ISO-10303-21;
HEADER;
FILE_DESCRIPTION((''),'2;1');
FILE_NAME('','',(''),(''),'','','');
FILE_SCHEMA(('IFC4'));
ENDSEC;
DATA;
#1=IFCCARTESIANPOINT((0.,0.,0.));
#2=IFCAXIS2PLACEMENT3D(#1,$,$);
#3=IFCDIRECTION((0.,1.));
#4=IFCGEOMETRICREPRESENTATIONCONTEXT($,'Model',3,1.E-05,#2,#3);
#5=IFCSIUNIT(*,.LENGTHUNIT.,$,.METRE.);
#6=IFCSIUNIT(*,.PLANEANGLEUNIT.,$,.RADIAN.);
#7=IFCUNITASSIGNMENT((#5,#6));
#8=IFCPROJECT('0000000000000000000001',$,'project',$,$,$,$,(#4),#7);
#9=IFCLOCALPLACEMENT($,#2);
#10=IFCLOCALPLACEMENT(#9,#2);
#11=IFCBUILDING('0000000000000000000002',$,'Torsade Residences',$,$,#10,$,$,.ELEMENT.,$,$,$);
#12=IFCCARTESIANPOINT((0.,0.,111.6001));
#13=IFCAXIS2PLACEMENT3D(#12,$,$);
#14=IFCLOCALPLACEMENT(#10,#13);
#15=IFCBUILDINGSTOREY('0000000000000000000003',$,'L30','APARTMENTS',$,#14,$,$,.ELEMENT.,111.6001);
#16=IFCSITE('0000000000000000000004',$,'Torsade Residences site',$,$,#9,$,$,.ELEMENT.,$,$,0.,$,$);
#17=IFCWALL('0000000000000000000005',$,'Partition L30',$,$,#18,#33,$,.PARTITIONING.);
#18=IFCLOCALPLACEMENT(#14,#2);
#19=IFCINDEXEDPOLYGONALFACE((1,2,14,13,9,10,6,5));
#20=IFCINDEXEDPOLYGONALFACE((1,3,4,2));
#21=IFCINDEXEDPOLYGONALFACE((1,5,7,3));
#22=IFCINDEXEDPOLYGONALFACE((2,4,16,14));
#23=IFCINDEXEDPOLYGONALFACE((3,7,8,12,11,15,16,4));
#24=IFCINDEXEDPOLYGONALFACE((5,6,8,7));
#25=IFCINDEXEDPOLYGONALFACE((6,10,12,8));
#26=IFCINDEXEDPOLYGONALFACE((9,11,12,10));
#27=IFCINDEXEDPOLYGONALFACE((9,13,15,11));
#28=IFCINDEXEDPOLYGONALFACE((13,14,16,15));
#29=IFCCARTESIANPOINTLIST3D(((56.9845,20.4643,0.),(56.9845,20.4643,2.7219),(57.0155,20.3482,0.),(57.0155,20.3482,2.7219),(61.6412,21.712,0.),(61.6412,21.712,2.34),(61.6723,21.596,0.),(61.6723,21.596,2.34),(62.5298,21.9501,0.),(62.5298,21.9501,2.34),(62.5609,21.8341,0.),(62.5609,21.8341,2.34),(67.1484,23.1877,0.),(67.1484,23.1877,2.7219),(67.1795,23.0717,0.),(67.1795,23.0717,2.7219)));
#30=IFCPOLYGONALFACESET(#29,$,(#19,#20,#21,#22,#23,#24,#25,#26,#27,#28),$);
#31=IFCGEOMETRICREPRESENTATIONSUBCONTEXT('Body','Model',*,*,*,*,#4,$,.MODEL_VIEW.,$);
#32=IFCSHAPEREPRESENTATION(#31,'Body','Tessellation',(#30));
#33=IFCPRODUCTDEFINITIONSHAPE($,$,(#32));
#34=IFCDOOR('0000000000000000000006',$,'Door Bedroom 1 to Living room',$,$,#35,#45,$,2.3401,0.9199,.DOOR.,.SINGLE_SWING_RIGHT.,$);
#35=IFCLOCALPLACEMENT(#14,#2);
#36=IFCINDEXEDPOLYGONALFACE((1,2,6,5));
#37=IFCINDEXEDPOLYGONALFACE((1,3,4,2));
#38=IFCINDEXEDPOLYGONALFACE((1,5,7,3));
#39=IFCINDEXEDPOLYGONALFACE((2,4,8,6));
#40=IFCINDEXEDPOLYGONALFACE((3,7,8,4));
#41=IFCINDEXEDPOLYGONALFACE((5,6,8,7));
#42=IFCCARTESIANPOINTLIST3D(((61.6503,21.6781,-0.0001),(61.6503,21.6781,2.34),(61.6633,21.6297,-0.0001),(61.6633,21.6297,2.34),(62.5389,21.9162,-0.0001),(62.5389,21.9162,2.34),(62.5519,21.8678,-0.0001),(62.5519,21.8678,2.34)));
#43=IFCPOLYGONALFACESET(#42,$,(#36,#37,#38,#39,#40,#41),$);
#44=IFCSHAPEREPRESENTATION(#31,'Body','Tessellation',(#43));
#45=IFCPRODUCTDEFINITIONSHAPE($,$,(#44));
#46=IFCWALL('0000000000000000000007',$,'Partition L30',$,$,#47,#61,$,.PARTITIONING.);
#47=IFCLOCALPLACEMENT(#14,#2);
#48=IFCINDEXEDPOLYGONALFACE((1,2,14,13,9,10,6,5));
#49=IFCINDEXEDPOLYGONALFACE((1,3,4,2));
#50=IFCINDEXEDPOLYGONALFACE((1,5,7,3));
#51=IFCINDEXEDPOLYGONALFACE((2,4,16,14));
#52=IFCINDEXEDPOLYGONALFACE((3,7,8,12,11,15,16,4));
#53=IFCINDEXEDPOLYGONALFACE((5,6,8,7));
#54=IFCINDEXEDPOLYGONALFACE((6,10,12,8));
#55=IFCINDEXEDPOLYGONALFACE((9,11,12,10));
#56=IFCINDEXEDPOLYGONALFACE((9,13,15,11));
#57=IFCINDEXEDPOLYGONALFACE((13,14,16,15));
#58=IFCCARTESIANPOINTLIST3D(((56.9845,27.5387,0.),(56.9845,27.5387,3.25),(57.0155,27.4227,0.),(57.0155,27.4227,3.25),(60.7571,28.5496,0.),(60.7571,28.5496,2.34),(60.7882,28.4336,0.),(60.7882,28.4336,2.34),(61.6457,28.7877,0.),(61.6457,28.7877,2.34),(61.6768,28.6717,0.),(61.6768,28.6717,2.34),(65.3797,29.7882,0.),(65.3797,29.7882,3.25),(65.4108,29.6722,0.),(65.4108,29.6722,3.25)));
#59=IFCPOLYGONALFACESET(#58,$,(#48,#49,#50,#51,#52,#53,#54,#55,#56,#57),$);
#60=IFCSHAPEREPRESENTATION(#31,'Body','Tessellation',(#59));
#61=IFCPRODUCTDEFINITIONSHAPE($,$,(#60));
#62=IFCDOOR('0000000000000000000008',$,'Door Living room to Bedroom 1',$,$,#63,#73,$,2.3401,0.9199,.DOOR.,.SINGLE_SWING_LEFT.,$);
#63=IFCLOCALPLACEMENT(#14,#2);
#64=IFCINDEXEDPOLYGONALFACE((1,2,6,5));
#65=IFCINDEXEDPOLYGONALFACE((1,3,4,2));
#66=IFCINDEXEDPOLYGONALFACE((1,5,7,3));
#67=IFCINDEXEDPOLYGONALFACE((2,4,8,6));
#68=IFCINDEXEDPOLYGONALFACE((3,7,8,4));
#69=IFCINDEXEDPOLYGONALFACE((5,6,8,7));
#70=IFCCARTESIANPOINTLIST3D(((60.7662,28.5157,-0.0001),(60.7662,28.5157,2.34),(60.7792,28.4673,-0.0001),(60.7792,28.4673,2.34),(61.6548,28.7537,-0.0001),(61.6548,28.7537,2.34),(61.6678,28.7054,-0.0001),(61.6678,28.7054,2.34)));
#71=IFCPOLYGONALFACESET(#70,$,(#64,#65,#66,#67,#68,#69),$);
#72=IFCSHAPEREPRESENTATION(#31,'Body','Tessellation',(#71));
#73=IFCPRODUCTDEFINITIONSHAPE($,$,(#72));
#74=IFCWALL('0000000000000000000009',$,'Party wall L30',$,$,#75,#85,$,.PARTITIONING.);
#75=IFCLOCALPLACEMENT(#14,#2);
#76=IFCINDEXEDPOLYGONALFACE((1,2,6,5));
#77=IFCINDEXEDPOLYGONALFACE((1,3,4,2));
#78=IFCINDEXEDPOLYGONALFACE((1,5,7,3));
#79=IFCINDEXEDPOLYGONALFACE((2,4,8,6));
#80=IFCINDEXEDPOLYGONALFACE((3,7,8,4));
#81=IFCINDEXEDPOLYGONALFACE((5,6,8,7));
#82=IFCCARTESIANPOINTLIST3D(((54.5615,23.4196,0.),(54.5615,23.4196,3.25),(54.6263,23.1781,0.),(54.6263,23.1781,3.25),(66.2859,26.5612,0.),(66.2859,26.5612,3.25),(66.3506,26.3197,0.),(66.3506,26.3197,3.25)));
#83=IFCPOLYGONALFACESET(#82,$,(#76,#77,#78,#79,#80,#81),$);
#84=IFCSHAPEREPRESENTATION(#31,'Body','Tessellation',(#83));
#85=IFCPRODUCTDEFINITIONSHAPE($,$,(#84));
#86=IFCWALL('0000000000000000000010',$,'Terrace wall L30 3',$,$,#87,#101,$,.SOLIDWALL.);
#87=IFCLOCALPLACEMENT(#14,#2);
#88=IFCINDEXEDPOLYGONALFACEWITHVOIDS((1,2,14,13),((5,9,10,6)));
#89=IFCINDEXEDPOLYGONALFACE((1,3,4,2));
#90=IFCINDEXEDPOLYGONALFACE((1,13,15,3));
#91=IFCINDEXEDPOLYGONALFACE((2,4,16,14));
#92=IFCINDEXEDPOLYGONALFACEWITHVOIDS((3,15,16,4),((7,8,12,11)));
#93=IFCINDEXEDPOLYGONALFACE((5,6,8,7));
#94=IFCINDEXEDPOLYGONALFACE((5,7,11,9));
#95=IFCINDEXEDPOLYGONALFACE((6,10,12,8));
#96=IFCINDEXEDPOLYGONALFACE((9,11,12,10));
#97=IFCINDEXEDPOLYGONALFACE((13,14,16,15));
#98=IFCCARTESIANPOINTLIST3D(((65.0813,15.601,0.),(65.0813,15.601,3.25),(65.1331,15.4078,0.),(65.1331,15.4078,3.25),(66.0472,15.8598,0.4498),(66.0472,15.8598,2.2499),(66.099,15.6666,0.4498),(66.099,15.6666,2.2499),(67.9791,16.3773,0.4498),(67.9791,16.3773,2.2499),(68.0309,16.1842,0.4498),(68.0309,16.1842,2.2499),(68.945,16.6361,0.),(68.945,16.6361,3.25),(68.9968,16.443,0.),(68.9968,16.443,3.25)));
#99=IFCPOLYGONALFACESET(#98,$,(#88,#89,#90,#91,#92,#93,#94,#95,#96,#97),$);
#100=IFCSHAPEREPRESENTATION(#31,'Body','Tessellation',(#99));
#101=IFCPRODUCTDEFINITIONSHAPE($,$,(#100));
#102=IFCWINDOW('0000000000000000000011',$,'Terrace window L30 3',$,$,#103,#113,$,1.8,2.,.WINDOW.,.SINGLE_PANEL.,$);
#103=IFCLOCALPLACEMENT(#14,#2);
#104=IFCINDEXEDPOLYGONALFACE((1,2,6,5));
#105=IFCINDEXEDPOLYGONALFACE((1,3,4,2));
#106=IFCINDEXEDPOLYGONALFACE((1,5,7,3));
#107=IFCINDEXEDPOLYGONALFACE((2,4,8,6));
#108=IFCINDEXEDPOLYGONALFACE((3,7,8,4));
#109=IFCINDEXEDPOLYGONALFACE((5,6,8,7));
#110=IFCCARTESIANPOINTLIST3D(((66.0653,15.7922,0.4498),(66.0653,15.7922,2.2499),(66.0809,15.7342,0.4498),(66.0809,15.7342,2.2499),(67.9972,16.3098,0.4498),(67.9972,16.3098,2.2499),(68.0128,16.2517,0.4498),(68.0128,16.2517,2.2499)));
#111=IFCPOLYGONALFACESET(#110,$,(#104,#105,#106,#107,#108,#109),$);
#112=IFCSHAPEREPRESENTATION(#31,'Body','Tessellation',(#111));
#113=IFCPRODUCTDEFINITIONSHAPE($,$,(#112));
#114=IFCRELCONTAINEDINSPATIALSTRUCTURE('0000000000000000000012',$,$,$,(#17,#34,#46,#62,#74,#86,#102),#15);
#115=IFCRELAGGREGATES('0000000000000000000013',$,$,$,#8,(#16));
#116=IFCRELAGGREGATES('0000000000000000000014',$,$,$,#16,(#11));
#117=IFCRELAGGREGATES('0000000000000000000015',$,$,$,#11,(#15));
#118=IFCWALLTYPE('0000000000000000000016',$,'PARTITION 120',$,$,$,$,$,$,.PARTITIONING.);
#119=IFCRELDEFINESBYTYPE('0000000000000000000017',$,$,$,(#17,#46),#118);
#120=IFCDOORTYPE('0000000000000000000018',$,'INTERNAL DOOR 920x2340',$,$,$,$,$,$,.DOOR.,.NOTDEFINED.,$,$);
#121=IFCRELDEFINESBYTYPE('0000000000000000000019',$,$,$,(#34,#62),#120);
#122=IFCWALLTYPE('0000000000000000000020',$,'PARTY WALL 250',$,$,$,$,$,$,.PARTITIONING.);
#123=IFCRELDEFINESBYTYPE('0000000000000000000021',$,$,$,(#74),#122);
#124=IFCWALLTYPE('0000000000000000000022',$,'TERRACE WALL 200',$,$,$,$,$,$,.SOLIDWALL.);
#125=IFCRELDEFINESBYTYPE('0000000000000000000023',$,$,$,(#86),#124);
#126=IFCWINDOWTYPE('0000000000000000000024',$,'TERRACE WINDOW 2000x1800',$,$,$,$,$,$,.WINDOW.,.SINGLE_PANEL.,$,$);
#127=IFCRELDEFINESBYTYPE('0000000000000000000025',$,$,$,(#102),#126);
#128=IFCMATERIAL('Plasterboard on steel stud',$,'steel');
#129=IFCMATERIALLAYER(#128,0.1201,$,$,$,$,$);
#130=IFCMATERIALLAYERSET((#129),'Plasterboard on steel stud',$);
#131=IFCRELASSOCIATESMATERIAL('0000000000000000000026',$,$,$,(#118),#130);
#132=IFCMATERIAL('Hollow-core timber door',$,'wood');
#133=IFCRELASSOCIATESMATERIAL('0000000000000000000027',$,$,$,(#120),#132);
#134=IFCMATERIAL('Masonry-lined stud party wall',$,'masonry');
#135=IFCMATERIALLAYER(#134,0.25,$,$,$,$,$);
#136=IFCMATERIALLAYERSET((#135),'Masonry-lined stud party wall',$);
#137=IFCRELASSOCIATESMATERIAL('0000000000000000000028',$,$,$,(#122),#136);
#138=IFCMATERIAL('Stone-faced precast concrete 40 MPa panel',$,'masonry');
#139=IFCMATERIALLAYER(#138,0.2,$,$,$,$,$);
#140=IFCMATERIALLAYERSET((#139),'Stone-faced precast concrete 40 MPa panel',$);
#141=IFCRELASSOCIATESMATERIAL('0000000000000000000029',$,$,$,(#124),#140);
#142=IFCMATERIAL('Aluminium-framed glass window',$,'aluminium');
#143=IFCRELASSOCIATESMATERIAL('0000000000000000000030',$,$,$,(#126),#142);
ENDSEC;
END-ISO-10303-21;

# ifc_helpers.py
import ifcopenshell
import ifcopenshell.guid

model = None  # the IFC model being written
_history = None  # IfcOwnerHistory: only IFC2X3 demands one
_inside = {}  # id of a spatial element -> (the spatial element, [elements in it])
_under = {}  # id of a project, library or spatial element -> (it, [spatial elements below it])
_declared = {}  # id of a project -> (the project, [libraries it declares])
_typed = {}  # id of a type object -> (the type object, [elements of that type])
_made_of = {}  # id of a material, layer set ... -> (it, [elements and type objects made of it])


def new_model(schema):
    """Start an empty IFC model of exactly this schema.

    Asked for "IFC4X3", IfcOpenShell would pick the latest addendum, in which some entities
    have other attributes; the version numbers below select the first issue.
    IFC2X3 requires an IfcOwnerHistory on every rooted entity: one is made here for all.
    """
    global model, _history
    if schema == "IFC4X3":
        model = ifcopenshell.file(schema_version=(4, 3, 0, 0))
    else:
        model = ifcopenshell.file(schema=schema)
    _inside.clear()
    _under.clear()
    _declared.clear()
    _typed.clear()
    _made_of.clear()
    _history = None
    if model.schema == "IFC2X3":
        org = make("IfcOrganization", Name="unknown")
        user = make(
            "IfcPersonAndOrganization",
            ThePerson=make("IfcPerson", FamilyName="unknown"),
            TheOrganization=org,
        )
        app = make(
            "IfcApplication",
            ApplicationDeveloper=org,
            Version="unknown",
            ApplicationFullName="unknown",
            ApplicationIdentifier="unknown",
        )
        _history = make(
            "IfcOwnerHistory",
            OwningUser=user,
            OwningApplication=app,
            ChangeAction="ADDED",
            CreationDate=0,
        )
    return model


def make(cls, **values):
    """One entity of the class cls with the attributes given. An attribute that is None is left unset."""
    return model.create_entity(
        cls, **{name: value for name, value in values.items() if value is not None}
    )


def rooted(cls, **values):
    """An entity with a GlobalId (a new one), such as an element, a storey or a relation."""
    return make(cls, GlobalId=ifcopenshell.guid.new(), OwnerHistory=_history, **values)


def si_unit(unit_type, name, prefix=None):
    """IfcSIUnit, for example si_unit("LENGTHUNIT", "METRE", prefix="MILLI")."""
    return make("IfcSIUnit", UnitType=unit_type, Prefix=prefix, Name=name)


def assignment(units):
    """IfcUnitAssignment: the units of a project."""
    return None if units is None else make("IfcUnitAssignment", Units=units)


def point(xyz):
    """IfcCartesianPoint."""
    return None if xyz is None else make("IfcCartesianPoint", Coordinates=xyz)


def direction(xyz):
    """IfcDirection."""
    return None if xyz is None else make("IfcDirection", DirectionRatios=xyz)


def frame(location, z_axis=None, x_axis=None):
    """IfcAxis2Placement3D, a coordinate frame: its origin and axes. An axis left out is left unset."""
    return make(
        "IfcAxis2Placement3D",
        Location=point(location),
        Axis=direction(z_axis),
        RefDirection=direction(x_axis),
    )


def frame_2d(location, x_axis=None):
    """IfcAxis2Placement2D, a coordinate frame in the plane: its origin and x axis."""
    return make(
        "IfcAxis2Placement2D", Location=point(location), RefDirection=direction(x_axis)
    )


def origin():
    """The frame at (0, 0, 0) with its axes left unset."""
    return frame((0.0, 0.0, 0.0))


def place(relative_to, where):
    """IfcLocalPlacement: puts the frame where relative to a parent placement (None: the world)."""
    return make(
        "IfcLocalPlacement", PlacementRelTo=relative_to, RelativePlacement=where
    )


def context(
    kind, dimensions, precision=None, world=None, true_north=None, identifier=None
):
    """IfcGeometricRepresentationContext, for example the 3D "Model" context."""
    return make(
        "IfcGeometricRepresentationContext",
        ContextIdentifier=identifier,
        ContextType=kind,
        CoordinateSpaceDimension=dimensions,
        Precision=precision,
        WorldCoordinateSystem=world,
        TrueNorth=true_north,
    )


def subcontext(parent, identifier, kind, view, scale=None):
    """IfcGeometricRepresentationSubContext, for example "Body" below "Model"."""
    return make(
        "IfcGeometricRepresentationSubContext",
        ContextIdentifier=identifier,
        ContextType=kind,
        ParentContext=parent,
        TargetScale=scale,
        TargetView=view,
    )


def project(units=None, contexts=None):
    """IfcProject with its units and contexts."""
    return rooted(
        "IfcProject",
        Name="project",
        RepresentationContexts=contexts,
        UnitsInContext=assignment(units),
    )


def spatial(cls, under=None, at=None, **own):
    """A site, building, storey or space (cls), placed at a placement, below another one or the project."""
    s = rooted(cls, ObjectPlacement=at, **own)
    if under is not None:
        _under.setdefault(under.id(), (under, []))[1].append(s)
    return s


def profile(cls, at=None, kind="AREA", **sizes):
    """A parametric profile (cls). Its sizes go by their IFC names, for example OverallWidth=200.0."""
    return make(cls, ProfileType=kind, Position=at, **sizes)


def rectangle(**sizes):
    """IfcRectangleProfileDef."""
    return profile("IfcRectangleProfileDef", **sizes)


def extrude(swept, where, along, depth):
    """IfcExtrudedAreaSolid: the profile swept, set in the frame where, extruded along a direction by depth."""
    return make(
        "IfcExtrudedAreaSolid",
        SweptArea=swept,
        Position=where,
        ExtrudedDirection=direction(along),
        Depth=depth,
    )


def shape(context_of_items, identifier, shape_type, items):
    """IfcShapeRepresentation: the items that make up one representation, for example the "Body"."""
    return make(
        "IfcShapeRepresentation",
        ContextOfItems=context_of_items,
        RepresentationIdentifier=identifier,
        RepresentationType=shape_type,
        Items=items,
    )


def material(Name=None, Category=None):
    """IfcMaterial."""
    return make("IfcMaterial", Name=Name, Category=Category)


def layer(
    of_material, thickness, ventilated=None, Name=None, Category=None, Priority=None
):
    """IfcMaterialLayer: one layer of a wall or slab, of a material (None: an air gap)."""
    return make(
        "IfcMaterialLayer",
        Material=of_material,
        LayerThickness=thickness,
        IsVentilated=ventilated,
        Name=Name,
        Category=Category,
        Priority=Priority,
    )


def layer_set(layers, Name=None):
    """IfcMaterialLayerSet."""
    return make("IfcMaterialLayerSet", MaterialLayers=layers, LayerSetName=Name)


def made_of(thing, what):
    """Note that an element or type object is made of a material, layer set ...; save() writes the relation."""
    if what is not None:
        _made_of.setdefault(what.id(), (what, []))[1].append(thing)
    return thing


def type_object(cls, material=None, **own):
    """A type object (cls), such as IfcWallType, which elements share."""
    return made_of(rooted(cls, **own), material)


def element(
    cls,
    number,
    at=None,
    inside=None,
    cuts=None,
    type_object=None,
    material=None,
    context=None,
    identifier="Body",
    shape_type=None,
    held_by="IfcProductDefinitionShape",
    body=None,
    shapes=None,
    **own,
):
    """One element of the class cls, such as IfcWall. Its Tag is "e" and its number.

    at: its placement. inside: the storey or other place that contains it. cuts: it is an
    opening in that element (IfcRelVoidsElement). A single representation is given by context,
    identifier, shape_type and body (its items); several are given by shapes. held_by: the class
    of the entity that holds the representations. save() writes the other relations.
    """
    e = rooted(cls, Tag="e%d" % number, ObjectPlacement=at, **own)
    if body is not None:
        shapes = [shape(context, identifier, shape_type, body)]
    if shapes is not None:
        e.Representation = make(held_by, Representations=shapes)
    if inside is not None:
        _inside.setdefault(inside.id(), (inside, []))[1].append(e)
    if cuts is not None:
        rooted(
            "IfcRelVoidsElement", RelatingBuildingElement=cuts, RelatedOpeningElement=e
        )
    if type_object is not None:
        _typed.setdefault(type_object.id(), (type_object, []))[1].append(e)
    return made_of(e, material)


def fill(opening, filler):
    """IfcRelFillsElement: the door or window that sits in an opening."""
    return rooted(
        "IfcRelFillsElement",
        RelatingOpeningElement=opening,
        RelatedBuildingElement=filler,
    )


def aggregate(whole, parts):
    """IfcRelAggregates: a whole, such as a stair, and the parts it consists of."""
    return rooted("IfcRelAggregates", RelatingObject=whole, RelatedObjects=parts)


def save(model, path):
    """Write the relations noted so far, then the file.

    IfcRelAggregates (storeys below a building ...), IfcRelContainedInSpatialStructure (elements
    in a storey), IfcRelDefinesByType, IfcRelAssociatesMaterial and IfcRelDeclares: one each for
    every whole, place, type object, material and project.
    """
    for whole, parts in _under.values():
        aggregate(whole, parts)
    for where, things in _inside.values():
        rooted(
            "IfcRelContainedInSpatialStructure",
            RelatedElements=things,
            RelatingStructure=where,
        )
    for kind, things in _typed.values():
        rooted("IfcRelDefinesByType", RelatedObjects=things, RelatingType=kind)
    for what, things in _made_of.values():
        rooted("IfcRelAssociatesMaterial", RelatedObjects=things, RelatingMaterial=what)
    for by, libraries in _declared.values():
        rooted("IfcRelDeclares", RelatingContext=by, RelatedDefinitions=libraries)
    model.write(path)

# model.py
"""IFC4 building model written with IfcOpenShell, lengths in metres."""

from ifc_helpers import new_model, si_unit, direction, frame, frame_2d, origin, place, context, subcontext, project, spatial, rectangle, extrude, material, layer, layer_set, type_object, element, fill, save


model = new_model("IFC4")

# Units and contexts
model_context = context("Model", 3, precision=1e-05, world=origin(), true_north=direction((0.0, 1.0)))
body_context = subcontext(model_context, "Body", "Model", "MODEL_VIEW")
ifc_project = project(units=[si_unit("LENGTHUNIT", "METRE"), si_unit("PLANEANGLEUNIT", "RADIAN")], contexts=[model_context])

# Site, building, storey
site_placement = place(None, origin())
site = spatial("IfcSite", under=ifc_project, at=site_placement, Name="Torsade Residences site", CompositionType="ELEMENT", RefElevation=0.0)
building_placement = place(site_placement, origin())
building = spatial("IfcBuilding", under=site, at=building_placement, Name="Torsade Residences", CompositionType="ELEMENT")
storey_placement = place(building_placement, frame((0.0, 0.0, 111.6001)))
storey = spatial("IfcBuildingStorey", under=building, at=storey_placement, Name="L30", Description="APARTMENTS", CompositionType="ELEMENT", Elevation=111.6001)

# Walls, openings, doors
ifc_material_1 = material(Name="Plasterboard on steel stud", Category="steel")
ifc_layer_1 = layer(ifc_material_1, 0.1201)
ifc_layer_set_1 = layer_set([ifc_layer_1], Name="Plasterboard on steel stud")
wall_type_1 = type_object("IfcWallType", Name="PARTITION 120", PredefinedType="PARTITIONING", material=ifc_layer_set_1)
wall_1_placement = place(storey_placement, frame((57.0, 20.4062, 0.0), z_axis=(0.0, 0.0, 1.0), x_axis=(0.965926, 0.258819, 0.0)))
wall_1 = element("IfcWall", 1, at=wall_1_placement, inside=storey, type_object=wall_type_1, Name="Partition L30", PredefinedType="PARTITIONING", context=body_context, shape_type="SweptSolid", body=[
    extrude(rectangle(XDim=10.5225, YDim=0.1201, at=frame_2d((5.2612, 0.0))), origin(), (0.0, 0.0, 1.0), 2.7219),
])
opening_1_placement = place(wall_1_placement, frame((4.821, 0.0, 0.0)))
opening_1 = element("IfcOpeningElement", 2, at=opening_1_placement, cuts=wall_1, PredefinedType="OPENING", context=body_context, shape_type="SweptSolid", body=[
    extrude(rectangle(XDim=0.9199, YDim=2.3401, at=frame_2d((0.46, 1.1699))), frame((0.0, 0.0701, 0.0), z_axis=(0.0, -1.0, 0.0), x_axis=(1.0, 0.0, 0.0)), (0.0, 0.0, 1.0), 0.1401),
])
ifc_material_2 = material(Name="Hollow-core timber door", Category="wood")
door_type_1 = type_object("IfcDoorType", Name="INTERNAL DOOR 920x2340", OperationType="NOTDEFINED", PredefinedType="DOOR", material=ifc_material_2)
door_1_placement = place(opening_1_placement, origin())
door_1 = element("IfcDoor", 3, at=door_1_placement, inside=storey, type_object=door_type_1, Name="Door Bedroom 1 to Living room", OperationType="SINGLE_SWING_RIGHT", OverallHeight=2.3401, OverallWidth=0.9199, PredefinedType="DOOR", context=body_context, shape_type="SweptSolid", body=[
    extrude(rectangle(XDim=0.9199, YDim=2.3401, at=frame_2d((0.46, 1.1699))), frame((0.0, 0.0249, 0.0), z_axis=(0.0, -1.0, 0.0), x_axis=(1.0, 0.0, 0.0)), (0.0, 0.0, 1.0), 0.05),
])
fill(opening_1, door_1)
wall_2_placement = place(storey_placement, frame((57.0, 27.4807, 0.0), z_axis=(0.0, 0.0, 1.0), x_axis=(0.965926, 0.25882, 0.0)))
wall_2 = element("IfcWall", 4, at=wall_2_placement, inside=storey, type_object=wall_type_1, Name="Partition L30", PredefinedType="PARTITIONING", context=body_context, shape_type="SweptSolid", body=[
    extrude(rectangle(XDim=8.6914, YDim=0.1201, at=frame_2d((4.3457, 0.0))), origin(), (0.0, 0.0, 1.0), 3.25),
])
opening_2_placement = place(wall_2_placement, frame((3.9058, 0.0, 0.0)))
opening_2 = element("IfcOpeningElement", 5, at=opening_2_placement, cuts=wall_2, PredefinedType="OPENING", context=body_context, shape_type="SweptSolid", body=[
    extrude(rectangle(XDim=0.9199, YDim=2.3401, at=frame_2d((0.46, 1.1699))), frame((0.0, 0.0701, 0.0), z_axis=(0.0, -1.0, 0.0), x_axis=(1.0, 0.0, 0.0)), (0.0, 0.0, 1.0), 0.1401),
])
door_2_placement = place(opening_2_placement, origin())
door_2 = element("IfcDoor", 6, at=door_2_placement, inside=storey, type_object=door_type_1, Name="Door Living room to Bedroom 1", OperationType="SINGLE_SWING_LEFT", OverallHeight=2.3401, OverallWidth=0.9199, PredefinedType="DOOR", context=body_context, shape_type="SweptSolid", body=[
    extrude(rectangle(XDim=0.9199, YDim=2.3401, at=frame_2d((0.46, 1.1699))), frame((0.0, 0.0249, 0.0), z_axis=(0.0, -1.0, 0.0), x_axis=(1.0, 0.0, 0.0)), (0.0, 0.0, 1.0), 0.05),
])
fill(opening_2, door_2)

# Wall
ifc_material_3 = material(Name="Masonry-lined stud party wall", Category="masonry")
ifc_layer_2 = layer(ifc_material_3, 0.25)
ifc_layer_set_2 = layer_set([ifc_layer_2], Name="Masonry-lined stud party wall")
wall_type_2 = type_object("IfcWallType", Name="PARTY WALL 250", PredefinedType="PARTITIONING", material=ifc_layer_set_2)
wall_3_placement = place(storey_placement, frame((66.3181, 26.4404, 0.0), z_axis=(0.0, 0.0, 1.0), x_axis=(-0.965924, -0.258824, 0.0)))
element("IfcWall", 7, at=wall_3_placement, inside=storey, type_object=wall_type_2, Name="Party wall L30", PredefinedType="PARTITIONING", context=body_context, shape_type="SweptSolid", body=[
    extrude(rectangle(XDim=12.1379, YDim=0.25, at=frame_2d((6.0688, 0.0))), origin(), (0.0, 0.0, 1.0), 3.25),
])

# Wall, opening, window
ifc_material_4 = material(Name="Stone-faced precast concrete 40 MPa panel", Category="masonry")
ifc_layer_3 = layer(ifc_material_4, 0.2)
ifc_layer_set_3 = layer_set([ifc_layer_3], Name="Stone-faced precast concrete 40 MPa panel")
wall_type_3 = type_object("IfcWallType", Name="TERRACE WALL 200", PredefinedType="SOLIDWALL", material=ifc_layer_set_3)
wall_4_placement = place(storey_placement, frame((65.1072, 15.5044, 0.0), z_axis=(0.0, 0.0, 1.0), x_axis=(0.965934, 0.258787, 0.0)))
wall_4 = element("IfcWall", 8, at=wall_4_placement, inside=storey, type_object=wall_type_3, Name="Terrace wall L30 3", PredefinedType="SOLIDWALL", context=body_context, shape_type="SweptSolid", body=[
    extrude(rectangle(XDim=4.0, YDim=0.2, at=frame_2d((2.0, 0.0))), origin(), (0.0, 0.0, 1.0), 3.25),
])
opening_3_placement = place(wall_4_placement, frame((1.0, 0.0, 0.45)))
opening_3 = element("IfcOpeningElement", 9, at=opening_3_placement, cuts=wall_4, PredefinedType="OPENING", context=body_context, shape_type="SweptSolid", body=[
    extrude(rectangle(XDim=2.0, YDim=1.8, at=frame_2d((1.0, 0.8999))), frame((0.0, 0.1099, 0.0), z_axis=(0.0, -1.0, 0.0), x_axis=(1.0, 0.0, 0.0)), (0.0, 0.0, 1.0), 0.22),
])
ifc_material_5 = material(Name="Aluminium-framed glass window", Category="aluminium")
window_type = type_object("IfcWindowType", Name="TERRACE WINDOW 2000x1800", PartitioningType="SINGLE_PANEL", PredefinedType="WINDOW", material=ifc_material_5)
window_placement = place(opening_3_placement, origin())
window = element("IfcWindow", 10, at=window_placement, inside=storey, type_object=window_type, Name="Terrace window L30 3", OverallHeight=1.8, OverallWidth=2.0, PartitioningType="SINGLE_PANEL", PredefinedType="WINDOW", context=body_context, shape_type="SweptSolid", body=[
    extrude(rectangle(XDim=2.0, YDim=1.8, at=frame_2d((1.0, 0.8999))), frame((0.0, 0.03, 0.0), z_axis=(0.0, -1.0, 0.0), x_axis=(1.0, 0.0, 0.0)), (0.0, 0.0, 1.0), 0.0601),
])
fill(opening_3, window)

save(model, "model.ifc")
